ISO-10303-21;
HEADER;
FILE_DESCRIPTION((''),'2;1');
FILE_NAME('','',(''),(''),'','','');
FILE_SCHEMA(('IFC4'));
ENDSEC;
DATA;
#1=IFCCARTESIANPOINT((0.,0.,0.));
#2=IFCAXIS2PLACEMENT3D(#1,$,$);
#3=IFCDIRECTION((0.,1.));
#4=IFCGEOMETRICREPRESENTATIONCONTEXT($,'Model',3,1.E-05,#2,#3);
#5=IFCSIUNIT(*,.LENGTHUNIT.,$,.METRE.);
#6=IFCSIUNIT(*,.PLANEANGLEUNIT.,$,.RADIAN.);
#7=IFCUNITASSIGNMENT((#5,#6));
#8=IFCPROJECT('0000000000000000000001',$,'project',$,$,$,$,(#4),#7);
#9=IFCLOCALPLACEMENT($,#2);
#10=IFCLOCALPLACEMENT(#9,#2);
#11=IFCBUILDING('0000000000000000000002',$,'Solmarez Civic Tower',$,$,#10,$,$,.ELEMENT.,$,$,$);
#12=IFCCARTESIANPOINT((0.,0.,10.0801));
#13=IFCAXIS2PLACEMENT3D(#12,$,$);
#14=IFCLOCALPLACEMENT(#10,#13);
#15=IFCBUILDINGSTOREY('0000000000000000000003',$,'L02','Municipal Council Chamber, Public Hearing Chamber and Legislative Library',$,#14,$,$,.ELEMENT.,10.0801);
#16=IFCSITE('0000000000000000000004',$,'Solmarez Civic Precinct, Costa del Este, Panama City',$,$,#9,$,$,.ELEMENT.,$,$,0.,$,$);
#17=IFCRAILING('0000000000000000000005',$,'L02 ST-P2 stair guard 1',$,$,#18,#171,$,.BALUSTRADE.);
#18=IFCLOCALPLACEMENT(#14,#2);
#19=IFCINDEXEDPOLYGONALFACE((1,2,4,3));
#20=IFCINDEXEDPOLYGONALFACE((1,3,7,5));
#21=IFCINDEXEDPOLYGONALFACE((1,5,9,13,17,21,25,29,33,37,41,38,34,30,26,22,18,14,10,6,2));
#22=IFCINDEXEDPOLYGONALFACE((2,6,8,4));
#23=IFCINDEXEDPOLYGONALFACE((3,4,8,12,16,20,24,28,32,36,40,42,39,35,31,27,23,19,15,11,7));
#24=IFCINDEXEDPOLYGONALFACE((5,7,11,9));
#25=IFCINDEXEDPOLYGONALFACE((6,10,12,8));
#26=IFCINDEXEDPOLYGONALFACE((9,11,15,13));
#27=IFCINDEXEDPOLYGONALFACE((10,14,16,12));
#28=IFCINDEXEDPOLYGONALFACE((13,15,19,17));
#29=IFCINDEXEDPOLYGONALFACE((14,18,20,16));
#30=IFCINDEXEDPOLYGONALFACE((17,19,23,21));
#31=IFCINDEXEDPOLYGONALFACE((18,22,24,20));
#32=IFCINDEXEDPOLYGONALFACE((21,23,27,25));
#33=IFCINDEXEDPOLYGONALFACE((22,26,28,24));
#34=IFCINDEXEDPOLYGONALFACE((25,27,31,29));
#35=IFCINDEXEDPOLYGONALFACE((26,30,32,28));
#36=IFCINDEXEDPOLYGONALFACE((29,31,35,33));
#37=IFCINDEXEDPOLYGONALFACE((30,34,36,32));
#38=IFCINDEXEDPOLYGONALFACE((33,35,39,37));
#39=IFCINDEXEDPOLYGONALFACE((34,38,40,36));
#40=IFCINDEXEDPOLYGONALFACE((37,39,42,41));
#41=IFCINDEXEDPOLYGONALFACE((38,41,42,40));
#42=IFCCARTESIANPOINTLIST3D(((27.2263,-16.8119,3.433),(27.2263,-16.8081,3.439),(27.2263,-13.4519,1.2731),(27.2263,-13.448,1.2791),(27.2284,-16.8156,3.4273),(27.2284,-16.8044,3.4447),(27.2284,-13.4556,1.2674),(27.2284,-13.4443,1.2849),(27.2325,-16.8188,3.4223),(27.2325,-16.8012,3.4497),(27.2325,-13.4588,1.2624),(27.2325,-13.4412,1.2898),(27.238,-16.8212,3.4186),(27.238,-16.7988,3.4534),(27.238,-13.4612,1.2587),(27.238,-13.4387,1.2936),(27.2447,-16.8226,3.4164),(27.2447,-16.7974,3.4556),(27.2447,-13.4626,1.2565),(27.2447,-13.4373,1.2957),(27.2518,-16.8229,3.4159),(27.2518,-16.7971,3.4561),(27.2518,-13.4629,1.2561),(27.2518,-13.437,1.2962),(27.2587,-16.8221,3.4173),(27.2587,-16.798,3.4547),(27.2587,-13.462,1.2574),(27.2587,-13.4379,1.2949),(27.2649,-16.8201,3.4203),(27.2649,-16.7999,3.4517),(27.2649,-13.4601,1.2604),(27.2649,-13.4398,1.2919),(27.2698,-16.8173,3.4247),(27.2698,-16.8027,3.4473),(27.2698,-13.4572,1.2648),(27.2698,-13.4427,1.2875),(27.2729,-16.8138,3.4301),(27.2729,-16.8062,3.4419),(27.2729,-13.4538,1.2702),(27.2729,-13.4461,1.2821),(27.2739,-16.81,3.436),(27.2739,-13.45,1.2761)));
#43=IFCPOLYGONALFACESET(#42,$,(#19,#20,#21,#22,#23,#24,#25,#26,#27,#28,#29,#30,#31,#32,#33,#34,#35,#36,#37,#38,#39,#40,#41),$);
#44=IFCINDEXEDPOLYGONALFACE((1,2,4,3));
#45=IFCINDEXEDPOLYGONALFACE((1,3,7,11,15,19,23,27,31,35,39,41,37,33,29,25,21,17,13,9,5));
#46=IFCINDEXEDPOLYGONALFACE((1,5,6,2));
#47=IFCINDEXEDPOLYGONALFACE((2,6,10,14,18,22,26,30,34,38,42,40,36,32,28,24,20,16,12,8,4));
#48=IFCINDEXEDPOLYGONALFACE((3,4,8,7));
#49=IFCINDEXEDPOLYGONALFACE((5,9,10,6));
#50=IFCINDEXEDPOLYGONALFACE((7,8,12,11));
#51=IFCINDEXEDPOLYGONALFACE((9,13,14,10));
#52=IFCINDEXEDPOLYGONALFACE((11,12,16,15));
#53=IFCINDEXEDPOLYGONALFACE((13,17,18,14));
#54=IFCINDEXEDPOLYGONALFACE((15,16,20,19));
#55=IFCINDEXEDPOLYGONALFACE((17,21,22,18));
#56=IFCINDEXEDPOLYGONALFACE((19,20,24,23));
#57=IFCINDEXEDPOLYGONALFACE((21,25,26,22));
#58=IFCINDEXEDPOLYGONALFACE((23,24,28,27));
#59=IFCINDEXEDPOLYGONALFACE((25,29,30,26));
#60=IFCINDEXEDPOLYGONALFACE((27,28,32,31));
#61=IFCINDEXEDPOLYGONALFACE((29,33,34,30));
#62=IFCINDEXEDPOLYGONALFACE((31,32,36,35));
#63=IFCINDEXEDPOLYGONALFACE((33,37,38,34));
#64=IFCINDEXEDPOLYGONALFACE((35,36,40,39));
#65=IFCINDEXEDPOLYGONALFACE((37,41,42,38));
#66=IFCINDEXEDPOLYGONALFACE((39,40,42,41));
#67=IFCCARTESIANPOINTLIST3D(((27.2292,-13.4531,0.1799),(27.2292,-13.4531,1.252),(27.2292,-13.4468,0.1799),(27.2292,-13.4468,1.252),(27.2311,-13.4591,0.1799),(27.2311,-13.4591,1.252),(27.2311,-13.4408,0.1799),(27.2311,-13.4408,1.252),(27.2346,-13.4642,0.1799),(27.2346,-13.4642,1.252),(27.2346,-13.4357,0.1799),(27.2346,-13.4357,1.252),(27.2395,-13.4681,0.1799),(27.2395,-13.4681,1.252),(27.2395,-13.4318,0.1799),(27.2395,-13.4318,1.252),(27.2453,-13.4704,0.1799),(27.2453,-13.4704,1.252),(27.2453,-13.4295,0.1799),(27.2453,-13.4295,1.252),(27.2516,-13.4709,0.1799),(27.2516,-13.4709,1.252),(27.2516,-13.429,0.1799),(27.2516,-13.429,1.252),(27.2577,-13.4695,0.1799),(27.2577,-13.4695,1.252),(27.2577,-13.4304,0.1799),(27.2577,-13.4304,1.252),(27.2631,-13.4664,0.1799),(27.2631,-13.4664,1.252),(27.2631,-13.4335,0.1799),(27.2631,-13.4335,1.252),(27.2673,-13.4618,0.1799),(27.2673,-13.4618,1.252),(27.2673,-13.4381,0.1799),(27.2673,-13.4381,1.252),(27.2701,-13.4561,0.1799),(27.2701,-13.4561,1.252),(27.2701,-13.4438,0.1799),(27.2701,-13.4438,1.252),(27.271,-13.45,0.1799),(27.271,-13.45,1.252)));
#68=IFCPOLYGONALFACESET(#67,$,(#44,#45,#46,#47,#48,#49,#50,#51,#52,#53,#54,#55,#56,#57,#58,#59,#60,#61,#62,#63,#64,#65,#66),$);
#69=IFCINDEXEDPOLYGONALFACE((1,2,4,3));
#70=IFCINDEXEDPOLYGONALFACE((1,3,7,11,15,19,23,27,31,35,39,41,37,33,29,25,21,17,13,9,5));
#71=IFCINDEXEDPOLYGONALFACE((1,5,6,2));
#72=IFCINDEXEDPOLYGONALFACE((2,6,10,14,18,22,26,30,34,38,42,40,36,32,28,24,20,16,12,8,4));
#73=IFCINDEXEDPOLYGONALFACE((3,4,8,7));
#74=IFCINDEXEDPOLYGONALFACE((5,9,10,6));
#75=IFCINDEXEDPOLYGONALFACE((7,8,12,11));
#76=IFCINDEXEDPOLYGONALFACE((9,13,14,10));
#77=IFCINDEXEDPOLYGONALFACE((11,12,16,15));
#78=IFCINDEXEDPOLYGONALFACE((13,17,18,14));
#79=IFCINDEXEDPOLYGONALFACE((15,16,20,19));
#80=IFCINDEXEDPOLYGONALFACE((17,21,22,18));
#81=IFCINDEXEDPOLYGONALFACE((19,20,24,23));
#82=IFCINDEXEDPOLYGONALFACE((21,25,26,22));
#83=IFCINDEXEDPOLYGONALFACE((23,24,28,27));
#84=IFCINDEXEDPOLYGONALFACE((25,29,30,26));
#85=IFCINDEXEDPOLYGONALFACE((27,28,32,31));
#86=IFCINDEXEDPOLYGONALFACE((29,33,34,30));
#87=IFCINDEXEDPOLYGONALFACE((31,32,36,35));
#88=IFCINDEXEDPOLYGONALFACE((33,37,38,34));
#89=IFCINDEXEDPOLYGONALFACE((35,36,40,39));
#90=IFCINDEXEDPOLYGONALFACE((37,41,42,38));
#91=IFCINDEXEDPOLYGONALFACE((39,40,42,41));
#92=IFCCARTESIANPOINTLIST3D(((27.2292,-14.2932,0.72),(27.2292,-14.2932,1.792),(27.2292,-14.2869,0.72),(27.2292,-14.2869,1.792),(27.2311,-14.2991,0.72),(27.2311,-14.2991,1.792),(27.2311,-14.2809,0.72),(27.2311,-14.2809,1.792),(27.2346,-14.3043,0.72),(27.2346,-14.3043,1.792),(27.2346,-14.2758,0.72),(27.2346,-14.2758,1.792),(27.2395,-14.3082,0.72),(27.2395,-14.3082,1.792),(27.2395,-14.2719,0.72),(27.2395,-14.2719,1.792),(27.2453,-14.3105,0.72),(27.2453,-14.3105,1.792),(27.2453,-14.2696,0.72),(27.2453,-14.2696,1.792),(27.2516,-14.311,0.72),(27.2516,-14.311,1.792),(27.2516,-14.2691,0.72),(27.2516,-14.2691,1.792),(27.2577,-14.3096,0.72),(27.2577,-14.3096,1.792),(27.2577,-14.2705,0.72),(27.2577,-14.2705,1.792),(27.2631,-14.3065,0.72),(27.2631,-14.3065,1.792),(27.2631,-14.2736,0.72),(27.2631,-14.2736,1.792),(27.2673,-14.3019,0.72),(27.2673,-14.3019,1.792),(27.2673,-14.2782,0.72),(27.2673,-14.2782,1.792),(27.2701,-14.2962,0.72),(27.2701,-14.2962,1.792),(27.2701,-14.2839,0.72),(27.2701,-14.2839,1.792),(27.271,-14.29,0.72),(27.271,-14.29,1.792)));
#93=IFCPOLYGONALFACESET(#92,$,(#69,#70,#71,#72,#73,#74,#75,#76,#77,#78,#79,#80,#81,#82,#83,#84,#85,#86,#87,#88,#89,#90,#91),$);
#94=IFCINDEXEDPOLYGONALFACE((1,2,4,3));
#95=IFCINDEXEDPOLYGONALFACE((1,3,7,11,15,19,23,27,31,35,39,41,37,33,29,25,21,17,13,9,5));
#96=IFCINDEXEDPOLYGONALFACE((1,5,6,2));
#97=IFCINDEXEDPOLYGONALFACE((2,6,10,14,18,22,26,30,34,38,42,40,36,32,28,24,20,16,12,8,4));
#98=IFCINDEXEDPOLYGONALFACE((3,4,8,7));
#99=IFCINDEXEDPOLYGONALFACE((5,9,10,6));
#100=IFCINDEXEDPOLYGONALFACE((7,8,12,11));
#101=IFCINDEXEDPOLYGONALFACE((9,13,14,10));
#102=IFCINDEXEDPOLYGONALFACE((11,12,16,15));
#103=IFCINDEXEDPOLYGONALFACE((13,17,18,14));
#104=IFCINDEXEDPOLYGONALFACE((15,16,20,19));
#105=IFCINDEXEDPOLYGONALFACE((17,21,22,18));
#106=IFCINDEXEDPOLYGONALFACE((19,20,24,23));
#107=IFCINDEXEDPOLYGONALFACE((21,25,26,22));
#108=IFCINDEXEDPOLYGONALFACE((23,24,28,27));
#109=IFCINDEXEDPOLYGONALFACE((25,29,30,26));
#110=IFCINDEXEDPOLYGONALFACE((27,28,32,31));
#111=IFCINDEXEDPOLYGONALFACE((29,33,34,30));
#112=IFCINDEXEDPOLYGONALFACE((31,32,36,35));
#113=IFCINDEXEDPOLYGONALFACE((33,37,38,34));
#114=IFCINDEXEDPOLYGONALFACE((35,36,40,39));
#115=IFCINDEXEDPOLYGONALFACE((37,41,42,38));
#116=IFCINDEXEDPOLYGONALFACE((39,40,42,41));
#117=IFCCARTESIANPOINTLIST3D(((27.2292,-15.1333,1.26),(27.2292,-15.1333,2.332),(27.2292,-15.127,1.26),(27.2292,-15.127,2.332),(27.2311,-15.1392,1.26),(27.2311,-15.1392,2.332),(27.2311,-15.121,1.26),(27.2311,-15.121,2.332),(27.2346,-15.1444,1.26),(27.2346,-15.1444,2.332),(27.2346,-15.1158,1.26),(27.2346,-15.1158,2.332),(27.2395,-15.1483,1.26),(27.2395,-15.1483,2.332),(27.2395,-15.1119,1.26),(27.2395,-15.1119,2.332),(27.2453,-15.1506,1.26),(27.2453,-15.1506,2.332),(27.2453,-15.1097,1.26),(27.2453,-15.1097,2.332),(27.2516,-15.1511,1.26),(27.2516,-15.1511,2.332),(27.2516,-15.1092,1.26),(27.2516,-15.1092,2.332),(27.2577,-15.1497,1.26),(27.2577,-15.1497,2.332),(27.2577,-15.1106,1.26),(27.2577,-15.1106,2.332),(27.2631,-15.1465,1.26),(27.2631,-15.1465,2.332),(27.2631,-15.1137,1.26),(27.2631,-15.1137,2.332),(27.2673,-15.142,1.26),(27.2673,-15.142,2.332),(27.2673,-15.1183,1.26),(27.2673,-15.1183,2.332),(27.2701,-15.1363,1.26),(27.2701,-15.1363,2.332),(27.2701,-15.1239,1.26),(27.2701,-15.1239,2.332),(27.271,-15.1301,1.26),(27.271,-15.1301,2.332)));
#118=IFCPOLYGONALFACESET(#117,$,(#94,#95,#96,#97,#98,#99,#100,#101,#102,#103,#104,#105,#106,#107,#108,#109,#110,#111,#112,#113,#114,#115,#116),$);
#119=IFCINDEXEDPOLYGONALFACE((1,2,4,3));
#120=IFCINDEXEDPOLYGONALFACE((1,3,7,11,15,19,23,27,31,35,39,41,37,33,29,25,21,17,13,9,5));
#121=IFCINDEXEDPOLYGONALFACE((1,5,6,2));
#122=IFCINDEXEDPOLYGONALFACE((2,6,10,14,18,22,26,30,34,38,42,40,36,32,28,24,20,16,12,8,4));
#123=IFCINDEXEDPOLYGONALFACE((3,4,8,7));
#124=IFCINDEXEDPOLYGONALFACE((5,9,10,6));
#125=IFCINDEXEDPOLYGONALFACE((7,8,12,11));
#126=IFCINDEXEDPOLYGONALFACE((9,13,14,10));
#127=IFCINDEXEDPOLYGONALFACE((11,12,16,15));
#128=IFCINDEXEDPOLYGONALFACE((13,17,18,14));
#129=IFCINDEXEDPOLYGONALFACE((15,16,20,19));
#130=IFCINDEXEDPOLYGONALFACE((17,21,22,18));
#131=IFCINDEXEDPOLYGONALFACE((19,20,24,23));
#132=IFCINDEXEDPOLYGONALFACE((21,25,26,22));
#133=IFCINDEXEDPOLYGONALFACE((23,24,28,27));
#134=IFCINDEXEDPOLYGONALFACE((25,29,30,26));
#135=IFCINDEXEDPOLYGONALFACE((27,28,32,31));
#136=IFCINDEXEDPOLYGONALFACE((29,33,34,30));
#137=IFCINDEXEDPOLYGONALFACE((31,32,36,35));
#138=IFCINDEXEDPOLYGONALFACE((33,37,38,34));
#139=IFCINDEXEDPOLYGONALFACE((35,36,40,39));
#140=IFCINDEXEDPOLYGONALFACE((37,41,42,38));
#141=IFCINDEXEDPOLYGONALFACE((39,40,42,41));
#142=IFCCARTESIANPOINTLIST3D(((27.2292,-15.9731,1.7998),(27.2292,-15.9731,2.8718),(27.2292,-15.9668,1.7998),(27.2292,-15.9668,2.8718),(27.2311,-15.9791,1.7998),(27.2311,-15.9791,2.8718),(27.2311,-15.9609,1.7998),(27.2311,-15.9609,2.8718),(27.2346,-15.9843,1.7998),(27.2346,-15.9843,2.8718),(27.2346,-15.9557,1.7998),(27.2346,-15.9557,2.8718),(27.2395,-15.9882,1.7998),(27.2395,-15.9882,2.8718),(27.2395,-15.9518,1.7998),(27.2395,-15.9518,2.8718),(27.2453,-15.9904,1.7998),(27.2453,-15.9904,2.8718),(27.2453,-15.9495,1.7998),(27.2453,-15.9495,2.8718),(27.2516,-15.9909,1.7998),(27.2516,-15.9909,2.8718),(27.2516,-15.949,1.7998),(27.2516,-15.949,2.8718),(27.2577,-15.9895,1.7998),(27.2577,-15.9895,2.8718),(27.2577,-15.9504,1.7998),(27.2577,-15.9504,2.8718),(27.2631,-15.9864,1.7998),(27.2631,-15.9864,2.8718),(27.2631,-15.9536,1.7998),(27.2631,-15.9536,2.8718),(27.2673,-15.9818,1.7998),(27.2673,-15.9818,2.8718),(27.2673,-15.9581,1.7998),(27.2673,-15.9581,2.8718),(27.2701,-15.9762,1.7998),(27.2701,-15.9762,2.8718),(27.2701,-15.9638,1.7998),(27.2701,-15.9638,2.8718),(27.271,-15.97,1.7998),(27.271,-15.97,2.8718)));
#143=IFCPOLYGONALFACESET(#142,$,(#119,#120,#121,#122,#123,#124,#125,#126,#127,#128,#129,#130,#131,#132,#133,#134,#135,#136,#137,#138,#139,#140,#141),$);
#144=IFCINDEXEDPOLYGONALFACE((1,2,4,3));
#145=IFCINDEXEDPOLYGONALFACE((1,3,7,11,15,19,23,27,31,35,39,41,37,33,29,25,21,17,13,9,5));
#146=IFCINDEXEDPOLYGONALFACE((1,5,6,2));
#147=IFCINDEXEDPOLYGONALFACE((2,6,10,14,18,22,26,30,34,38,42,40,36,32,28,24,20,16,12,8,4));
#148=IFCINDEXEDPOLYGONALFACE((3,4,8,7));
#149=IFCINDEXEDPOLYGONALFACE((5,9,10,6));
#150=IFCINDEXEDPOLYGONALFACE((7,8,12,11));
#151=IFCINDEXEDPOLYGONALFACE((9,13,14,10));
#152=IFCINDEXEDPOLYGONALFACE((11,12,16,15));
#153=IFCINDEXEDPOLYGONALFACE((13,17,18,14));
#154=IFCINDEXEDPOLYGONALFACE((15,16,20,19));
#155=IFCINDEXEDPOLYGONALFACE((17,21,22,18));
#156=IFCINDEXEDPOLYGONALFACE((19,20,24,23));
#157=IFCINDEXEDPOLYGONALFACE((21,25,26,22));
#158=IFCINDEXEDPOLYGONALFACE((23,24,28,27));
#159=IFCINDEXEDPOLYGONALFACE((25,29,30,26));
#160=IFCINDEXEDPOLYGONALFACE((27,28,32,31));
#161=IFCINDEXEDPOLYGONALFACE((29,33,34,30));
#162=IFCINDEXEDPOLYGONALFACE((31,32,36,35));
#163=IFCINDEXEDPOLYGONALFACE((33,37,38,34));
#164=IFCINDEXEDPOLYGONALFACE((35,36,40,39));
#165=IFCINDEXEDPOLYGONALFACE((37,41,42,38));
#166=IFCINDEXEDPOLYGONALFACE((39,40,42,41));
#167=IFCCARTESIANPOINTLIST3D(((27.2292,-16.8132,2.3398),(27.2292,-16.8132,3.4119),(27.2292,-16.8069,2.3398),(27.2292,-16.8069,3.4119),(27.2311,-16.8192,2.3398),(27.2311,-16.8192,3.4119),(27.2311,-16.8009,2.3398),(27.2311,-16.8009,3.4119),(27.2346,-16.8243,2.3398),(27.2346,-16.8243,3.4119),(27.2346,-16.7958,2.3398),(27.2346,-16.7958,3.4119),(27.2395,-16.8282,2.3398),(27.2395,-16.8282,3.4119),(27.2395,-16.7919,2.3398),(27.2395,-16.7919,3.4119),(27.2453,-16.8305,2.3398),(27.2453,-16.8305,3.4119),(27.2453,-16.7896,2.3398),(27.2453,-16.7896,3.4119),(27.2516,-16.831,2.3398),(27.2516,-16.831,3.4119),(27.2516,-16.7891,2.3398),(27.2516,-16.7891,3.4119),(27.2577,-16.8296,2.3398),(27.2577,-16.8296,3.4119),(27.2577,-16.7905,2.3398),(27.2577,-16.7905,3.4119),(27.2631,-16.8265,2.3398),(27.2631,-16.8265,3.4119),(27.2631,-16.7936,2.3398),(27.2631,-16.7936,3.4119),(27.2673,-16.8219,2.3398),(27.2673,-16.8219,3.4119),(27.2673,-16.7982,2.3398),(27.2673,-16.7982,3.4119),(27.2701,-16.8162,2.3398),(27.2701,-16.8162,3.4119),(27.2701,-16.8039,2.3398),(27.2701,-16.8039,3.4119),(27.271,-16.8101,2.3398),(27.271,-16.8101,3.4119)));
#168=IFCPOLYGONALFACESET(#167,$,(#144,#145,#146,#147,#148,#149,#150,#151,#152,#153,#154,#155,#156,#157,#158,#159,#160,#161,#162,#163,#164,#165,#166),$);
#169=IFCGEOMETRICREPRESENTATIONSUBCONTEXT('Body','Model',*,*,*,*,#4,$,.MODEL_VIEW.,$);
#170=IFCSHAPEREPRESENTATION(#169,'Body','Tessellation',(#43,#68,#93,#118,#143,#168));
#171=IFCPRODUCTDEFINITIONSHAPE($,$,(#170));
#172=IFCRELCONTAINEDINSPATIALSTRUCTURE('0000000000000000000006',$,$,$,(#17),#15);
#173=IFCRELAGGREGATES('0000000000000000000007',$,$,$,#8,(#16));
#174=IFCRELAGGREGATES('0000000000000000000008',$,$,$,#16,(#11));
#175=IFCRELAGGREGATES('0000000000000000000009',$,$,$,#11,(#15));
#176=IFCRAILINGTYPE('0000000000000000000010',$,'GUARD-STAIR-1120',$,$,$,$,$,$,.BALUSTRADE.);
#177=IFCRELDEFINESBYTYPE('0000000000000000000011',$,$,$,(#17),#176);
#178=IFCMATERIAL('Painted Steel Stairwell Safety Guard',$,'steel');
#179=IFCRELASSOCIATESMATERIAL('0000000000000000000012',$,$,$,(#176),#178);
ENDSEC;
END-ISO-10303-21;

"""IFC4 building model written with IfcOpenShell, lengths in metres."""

from ifc_helpers import new_model, si_unit, direction, frame, origin, origin_2d, place, context, subcontext, project, spatial, circle, extrude, material, type_object, element, save


model = new_model("IFC4")

# Units and contexts
model_context = context("Model", 3, precision=1e-05, world=origin(), true_north=direction((0.0, 1.0)))
body_context = subcontext(model_context, "Body", "Model", "MODEL_VIEW")
ifc_project = project(units=[si_unit("LENGTHUNIT", "METRE"), si_unit("PLANEANGLEUNIT", "RADIAN")], contexts=[model_context])

# Site, building, storey
site_placement = place(None, origin())
site = spatial("IfcSite", under=ifc_project, at=site_placement, Name="Solmarez Civic Precinct, Costa del Este, Panama City", CompositionType="ELEMENT", RefElevation=0.0)
building_placement = place(site_placement, origin())
building = spatial("IfcBuilding", under=site, at=building_placement, Name="Solmarez Civic Tower", CompositionType="ELEMENT")
storey_placement = place(building_placement, frame((0.0, 0.0, 10.0801)))
storey = spatial("IfcBuildingStorey", under=building, at=storey_placement, Name="L02", Description="Municipal Council Chamber, Public Hearing Chamber and Legislative Library", CompositionType="ELEMENT", Elevation=10.0801)

# Railing
ifc_material_1 = material(Name="Painted Steel Stairwell Safety Guard", Category="steel")
railing_type_1 = type_object("IfcRailingType", Name="GUARD-STAIR-1120", PredefinedType="BALUSTRADE", material=ifc_material_1)
railing_1_placement = place(storey_placement, frame((27.25, -13.45, 0.1799)))
element("IfcRailing", 1, at=railing_1_placement, inside=storey, type_object=railing_type_1, Name="L02 ST-P2 stair guard 1", PredefinedType="BALUSTRADE", context=body_context, shape_type="SweptSolid", body=[
    extrude(circle(Radius=0.0239, at=origin_2d()), frame((0.0, 0.0, 1.0962), z_axis=(0.0, -0.841196, 0.54073), x_axis=(1.0, 0.0, 0.0)), (0.0, 0.0, 1.0), 3.9944),
    extrude(circle(Radius=0.021, at=origin_2d()), origin(), (0.0, 0.0, 1.0), 1.072),
    extrude(circle(Radius=0.021, at=origin_2d()), frame((0.0, -0.8401, 0.54)), (0.0, 0.0, 1.0), 1.072),
    extrude(circle(Radius=0.021, at=origin_2d()), frame((0.0, -1.6802, 1.0801)), (0.0, 0.0, 1.0), 1.072),
    extrude(circle(Radius=0.021, at=origin_2d()), frame((0.0, -2.52, 1.6199)), (0.0, 0.0, 1.0), 1.072),
    extrude(circle(Radius=0.021, at=origin_2d()), frame((0.0, -3.3601, 2.1599)), (0.0, 0.0, 1.0), 1.072),
])

save(model, "model.ifc")
